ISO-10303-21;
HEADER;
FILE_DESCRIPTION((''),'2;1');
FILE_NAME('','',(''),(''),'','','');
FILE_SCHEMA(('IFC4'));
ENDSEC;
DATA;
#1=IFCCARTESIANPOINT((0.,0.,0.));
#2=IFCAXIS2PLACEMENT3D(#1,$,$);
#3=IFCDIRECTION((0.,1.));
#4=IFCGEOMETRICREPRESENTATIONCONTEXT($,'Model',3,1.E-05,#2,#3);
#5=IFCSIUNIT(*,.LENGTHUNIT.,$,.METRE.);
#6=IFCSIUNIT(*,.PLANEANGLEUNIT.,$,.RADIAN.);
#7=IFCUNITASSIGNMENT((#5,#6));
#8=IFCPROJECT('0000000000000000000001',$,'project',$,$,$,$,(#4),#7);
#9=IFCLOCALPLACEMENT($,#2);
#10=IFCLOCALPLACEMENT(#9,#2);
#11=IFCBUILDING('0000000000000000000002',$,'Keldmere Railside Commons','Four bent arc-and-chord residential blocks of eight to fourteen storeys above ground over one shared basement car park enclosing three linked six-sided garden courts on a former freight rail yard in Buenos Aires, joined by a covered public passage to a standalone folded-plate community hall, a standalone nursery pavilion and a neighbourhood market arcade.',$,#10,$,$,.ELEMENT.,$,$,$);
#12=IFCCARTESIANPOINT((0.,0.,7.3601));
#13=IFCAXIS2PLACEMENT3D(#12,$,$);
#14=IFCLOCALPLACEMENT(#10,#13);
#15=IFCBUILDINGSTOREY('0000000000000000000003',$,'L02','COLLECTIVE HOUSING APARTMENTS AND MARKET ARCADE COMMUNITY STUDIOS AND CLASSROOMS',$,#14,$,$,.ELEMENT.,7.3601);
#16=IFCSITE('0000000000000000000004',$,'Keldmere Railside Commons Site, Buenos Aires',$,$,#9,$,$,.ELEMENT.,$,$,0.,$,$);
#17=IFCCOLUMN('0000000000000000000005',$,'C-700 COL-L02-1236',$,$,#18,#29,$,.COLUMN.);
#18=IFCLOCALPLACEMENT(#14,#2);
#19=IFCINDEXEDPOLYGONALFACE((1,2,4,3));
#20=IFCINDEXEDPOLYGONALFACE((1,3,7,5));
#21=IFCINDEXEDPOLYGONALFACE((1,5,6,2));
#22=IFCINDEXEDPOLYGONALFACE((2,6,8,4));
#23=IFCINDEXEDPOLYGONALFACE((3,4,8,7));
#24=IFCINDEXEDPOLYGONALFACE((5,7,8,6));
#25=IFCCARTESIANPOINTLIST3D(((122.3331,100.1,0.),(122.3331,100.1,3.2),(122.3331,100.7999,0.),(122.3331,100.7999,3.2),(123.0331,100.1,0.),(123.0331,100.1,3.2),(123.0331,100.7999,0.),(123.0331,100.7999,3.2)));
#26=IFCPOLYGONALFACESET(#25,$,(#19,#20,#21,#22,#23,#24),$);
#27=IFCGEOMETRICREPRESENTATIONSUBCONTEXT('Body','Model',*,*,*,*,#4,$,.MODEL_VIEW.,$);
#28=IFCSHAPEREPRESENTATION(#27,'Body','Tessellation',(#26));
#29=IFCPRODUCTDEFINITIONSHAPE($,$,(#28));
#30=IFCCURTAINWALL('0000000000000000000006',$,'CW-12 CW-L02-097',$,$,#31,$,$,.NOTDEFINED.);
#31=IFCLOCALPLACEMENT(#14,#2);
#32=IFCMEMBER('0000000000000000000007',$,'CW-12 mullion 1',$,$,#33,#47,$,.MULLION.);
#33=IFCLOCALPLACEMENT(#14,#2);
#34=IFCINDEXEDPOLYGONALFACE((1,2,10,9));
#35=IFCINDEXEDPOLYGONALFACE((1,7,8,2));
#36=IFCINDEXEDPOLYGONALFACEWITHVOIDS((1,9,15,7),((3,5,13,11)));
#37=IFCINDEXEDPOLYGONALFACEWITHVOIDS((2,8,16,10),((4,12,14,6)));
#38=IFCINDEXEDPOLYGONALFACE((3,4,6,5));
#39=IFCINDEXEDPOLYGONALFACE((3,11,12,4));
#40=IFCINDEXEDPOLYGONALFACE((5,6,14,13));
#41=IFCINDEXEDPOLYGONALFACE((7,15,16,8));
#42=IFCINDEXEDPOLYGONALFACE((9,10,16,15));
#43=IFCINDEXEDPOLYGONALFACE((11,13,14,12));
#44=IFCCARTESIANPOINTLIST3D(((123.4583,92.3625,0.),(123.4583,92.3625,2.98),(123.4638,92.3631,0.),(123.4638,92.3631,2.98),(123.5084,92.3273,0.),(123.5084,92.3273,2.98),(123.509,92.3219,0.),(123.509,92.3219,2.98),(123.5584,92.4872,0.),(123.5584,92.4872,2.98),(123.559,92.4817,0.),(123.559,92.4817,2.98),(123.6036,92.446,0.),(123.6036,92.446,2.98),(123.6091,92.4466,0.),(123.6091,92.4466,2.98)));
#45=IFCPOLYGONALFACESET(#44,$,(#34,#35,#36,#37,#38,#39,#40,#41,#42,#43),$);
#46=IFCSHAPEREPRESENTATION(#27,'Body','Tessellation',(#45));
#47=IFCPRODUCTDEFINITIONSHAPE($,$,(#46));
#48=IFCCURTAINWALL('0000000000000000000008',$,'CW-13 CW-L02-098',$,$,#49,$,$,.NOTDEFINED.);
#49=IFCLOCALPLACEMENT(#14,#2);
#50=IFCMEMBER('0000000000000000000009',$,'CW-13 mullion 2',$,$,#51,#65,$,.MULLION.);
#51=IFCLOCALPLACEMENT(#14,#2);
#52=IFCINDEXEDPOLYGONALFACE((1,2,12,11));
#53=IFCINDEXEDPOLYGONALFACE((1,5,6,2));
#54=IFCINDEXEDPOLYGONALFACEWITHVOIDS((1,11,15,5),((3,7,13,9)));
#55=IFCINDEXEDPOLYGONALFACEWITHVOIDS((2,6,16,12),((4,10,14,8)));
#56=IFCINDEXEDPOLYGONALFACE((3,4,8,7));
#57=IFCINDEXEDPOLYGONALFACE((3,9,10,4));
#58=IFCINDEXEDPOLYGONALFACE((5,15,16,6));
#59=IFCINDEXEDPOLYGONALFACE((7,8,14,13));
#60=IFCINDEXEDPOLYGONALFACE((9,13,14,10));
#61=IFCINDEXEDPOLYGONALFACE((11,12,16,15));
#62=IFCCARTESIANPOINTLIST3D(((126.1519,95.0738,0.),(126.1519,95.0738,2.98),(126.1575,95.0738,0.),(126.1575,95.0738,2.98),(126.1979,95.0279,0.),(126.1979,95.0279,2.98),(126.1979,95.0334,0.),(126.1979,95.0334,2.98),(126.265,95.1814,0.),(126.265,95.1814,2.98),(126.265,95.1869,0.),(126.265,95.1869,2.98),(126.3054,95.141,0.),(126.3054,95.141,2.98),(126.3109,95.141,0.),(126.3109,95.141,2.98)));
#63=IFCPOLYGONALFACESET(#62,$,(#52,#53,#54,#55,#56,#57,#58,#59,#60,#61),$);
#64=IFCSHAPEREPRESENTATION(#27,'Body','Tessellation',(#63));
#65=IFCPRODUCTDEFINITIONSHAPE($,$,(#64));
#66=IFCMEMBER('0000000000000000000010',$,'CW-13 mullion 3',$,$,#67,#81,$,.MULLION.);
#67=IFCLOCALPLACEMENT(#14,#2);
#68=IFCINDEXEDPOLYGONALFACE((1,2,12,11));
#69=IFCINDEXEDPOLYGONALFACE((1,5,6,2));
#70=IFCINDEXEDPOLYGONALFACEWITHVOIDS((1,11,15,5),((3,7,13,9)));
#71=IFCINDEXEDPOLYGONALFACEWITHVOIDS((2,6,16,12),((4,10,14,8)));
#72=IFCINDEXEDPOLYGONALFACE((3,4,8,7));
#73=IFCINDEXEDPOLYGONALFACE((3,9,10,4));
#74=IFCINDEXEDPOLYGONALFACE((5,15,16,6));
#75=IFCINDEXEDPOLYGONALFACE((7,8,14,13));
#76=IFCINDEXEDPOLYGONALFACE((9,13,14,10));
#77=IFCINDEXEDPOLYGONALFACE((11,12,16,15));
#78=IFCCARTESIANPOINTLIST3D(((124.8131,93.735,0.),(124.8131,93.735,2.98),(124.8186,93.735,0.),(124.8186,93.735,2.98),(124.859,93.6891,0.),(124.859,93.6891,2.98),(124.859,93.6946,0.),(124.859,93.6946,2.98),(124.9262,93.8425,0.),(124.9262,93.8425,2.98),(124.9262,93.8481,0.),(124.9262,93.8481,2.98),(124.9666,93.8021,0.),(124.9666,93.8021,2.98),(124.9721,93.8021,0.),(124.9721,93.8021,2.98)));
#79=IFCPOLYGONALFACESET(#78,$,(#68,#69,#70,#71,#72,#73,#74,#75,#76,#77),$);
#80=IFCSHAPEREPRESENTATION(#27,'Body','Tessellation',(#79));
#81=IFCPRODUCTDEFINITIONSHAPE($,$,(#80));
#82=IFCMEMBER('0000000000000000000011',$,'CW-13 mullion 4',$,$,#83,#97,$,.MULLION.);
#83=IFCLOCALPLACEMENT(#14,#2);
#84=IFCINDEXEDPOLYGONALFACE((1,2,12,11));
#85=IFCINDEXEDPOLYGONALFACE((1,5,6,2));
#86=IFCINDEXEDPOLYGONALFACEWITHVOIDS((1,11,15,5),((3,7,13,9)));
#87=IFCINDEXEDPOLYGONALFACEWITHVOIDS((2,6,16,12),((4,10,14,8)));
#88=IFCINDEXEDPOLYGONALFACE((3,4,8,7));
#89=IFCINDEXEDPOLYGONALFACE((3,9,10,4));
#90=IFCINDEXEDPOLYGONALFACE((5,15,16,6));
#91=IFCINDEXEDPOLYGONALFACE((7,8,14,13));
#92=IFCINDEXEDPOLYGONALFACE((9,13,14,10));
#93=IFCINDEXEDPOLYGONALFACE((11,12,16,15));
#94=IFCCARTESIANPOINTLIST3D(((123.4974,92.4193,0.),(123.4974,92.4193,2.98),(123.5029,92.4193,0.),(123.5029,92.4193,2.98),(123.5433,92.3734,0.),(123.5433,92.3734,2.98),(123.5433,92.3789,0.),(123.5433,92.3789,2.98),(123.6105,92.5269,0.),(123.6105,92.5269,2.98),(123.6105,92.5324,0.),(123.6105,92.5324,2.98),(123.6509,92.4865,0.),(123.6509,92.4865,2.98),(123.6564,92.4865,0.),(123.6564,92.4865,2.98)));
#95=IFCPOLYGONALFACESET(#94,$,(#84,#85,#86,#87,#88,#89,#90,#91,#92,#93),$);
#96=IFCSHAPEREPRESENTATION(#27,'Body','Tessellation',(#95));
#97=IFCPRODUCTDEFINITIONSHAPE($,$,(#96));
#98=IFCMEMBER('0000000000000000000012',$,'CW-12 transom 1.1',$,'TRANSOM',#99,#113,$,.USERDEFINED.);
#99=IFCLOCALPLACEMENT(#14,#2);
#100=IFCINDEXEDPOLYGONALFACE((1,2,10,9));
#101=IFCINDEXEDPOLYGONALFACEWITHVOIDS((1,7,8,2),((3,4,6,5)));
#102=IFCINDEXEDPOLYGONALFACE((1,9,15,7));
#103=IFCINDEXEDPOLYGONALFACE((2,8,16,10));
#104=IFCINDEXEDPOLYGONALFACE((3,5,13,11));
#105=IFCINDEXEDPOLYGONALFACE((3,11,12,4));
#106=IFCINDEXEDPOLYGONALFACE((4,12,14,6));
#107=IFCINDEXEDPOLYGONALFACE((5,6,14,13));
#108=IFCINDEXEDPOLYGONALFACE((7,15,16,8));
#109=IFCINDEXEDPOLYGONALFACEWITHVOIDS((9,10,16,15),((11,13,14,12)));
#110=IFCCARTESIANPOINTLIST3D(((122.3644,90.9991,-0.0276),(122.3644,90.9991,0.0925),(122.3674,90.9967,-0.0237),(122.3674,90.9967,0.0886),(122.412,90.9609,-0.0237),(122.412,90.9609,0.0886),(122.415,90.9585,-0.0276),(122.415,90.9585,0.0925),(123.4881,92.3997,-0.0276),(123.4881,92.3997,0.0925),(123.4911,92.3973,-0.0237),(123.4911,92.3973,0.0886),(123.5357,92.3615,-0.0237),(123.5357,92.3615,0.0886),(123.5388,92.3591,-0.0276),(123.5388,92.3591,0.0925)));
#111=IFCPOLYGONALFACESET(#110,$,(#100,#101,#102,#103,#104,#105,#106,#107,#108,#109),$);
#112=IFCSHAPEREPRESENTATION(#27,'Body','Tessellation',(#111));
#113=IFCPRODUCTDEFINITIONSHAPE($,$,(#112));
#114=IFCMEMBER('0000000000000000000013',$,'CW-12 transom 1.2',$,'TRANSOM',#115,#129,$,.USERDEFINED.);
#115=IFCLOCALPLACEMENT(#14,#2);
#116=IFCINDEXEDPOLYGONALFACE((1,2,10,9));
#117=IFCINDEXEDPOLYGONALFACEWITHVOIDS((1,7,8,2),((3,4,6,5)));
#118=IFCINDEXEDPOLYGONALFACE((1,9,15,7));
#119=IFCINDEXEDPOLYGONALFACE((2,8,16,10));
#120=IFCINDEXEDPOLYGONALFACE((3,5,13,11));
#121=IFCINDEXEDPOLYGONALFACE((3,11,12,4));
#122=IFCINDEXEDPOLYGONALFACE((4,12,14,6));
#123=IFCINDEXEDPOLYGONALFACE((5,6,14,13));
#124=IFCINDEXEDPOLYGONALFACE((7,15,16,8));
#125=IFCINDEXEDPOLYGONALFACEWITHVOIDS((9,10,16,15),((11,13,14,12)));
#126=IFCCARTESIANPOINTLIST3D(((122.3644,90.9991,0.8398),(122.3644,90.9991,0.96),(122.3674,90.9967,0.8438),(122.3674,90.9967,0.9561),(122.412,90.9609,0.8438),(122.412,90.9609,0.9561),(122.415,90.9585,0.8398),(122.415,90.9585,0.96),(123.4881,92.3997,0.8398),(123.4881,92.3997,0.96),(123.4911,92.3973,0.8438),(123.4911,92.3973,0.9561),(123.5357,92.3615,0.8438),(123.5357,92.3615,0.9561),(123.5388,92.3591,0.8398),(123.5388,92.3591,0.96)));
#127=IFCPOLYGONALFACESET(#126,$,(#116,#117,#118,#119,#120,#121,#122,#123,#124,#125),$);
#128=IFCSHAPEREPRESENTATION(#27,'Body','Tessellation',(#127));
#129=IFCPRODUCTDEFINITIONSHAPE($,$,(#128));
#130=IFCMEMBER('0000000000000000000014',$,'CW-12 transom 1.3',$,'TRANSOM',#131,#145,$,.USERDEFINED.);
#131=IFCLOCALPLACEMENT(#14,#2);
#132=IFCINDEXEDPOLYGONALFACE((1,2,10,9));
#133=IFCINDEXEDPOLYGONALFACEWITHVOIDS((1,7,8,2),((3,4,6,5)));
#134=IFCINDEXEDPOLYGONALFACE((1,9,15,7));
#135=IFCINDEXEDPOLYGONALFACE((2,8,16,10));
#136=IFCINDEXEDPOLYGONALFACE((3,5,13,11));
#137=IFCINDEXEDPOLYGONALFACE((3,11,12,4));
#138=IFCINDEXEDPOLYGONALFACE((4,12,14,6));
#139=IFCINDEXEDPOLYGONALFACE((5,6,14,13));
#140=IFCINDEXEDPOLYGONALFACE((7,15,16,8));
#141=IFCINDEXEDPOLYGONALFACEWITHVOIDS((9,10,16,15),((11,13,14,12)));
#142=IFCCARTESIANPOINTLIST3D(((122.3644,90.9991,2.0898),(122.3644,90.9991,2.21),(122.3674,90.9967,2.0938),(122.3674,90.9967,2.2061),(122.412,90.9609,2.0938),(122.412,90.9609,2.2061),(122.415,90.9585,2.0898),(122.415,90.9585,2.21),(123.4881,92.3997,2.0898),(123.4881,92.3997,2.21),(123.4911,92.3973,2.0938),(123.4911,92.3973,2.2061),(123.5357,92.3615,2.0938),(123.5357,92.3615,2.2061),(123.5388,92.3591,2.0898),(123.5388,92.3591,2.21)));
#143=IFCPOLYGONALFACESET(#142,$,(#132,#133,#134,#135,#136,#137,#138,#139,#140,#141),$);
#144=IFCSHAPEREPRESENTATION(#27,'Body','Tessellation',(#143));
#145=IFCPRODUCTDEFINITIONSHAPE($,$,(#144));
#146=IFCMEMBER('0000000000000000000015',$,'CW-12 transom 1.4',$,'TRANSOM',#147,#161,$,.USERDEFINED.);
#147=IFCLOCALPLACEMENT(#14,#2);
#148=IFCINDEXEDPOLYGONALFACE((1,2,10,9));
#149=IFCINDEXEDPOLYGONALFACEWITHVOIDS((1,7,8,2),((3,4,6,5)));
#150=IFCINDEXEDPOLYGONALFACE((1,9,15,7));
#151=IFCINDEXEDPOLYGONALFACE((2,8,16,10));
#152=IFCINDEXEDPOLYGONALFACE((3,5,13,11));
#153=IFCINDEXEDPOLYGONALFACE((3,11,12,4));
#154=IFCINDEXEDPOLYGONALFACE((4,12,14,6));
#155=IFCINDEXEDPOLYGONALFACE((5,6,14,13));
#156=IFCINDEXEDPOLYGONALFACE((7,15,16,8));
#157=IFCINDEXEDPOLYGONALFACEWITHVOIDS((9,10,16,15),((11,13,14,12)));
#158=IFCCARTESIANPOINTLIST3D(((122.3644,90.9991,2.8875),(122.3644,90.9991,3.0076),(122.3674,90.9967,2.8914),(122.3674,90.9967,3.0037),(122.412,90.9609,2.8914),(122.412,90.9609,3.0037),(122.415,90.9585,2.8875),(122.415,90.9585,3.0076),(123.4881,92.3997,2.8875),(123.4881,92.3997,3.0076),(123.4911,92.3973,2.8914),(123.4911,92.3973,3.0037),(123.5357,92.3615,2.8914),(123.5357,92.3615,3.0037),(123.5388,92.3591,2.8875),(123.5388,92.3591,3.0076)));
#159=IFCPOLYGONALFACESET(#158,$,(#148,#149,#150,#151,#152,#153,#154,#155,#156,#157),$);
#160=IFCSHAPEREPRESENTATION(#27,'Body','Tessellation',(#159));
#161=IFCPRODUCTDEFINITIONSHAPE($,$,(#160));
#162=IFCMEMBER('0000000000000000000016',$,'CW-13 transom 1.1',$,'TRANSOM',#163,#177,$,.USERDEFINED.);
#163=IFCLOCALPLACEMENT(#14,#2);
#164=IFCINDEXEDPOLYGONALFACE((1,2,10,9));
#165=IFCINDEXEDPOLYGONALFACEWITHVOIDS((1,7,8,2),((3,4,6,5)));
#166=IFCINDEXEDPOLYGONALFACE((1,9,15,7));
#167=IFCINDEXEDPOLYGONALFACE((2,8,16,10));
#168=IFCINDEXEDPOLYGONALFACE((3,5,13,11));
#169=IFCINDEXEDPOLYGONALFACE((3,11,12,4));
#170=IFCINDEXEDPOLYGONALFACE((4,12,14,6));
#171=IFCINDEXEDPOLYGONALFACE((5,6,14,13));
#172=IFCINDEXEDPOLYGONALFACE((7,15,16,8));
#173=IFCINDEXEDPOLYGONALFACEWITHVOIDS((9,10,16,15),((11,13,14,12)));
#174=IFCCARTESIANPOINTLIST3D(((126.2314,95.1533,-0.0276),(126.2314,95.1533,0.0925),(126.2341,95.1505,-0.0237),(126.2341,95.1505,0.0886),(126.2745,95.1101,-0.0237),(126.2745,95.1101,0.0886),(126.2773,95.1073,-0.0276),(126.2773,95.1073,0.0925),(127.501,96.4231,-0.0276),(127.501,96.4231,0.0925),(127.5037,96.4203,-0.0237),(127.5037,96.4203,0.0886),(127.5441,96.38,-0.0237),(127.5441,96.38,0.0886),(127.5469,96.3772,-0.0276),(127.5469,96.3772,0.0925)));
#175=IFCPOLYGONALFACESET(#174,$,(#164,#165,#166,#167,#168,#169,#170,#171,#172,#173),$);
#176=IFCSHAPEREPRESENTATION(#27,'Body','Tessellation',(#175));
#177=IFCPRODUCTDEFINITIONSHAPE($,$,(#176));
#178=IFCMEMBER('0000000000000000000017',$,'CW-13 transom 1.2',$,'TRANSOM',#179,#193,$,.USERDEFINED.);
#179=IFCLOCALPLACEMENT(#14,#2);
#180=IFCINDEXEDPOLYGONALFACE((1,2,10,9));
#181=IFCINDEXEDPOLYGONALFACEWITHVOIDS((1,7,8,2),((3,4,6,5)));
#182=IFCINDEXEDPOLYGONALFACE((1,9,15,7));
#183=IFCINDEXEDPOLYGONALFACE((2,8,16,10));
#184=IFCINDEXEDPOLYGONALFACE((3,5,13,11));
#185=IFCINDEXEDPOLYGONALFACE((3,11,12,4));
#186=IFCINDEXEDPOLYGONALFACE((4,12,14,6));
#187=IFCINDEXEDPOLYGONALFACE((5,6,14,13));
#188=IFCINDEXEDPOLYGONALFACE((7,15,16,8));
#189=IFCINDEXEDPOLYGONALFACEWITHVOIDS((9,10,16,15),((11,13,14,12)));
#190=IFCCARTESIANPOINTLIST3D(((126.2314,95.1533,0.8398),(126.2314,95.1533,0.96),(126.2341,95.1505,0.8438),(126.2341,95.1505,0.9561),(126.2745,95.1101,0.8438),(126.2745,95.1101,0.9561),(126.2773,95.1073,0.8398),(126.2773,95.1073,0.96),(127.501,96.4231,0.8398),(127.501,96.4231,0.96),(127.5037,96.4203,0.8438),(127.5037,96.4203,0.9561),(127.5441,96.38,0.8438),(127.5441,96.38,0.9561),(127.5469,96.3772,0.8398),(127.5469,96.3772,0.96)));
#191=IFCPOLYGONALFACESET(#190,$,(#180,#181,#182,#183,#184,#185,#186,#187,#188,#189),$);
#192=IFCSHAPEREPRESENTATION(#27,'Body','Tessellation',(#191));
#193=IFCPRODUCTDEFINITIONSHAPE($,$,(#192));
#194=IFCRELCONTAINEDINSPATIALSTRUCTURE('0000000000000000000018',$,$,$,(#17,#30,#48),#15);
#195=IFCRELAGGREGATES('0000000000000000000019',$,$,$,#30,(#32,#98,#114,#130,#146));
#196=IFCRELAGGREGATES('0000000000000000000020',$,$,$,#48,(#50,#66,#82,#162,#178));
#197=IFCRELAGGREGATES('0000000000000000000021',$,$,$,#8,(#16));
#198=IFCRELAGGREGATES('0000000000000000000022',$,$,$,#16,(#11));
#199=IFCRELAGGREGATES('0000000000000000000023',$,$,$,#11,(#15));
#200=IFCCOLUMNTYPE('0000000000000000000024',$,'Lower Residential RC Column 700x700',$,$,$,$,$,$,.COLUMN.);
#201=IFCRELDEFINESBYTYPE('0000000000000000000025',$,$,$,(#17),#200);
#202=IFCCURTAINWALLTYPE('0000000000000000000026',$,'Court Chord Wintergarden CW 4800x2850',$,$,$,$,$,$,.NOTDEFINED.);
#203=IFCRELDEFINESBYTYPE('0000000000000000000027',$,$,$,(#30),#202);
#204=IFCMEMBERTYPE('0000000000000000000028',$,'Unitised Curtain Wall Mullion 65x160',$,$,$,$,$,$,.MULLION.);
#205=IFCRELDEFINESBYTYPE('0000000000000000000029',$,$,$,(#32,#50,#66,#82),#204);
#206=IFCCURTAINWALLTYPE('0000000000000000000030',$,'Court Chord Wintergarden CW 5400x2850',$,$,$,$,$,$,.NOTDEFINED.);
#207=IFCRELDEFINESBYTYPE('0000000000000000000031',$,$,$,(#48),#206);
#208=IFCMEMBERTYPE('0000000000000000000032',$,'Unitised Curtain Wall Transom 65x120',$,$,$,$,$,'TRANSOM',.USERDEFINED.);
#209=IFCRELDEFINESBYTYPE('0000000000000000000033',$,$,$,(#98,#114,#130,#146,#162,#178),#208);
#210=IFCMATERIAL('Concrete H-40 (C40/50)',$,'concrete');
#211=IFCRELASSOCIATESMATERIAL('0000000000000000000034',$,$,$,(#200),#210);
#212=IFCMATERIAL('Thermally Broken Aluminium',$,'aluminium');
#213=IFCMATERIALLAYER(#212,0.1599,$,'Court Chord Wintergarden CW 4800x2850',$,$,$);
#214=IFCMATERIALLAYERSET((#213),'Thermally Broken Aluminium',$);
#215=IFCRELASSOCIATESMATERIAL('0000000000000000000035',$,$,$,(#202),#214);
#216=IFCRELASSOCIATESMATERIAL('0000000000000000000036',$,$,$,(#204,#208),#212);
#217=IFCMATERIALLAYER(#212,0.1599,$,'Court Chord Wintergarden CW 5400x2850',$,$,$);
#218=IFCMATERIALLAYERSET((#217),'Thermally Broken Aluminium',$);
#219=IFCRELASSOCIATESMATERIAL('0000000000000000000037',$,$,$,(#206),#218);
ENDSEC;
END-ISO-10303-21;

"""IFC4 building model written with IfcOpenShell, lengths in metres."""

from ifc_helpers import new_model, si_unit, direction, frame, origin, origin_2d, place, context, subcontext, project, spatial, rectangle, hollow_rectangle, extrude, material, layer, layer_set, material_profile, profile_set, type_object, element, aggregate, save


model = new_model("IFC4")

# Units and contexts
model_context = context("Model", 3, precision=1e-05, world=origin(), true_north=direction((0.0, 1.0)))
body_context = subcontext(model_context, "Body", "Model", "MODEL_VIEW")
ifc_project = project(units=[si_unit("LENGTHUNIT", "METRE"), si_unit("PLANEANGLEUNIT", "RADIAN")], contexts=[model_context])

# Site, building, storey
site_placement = place(None, origin())
site = spatial("IfcSite", under=ifc_project, at=site_placement, Name="Keldmere Railside Commons Site, Buenos Aires", CompositionType="ELEMENT", RefElevation=0.0)
building_placement = place(site_placement, origin())
building = spatial("IfcBuilding", under=site, at=building_placement, Name="Keldmere Railside Commons", Description="Four bent arc-and-chord residential blocks of eight to fourteen storeys above ground over one shared basement car park enclosing three linked six-sided garden courts on a former freight rail yard in Buenos Aires, joined by a covered public passage to a standalone folded-plate community hall, a standalone nursery pavilion and a neighbourhood market arcade.", CompositionType="ELEMENT")
storey_placement = place(building_placement, frame((0.0, 0.0, 7.3601)))
storey = spatial("IfcBuildingStorey", under=building, at=storey_placement, Name="L02", Description="COLLECTIVE HOUSING APARTMENTS AND MARKET ARCADE COMMUNITY STUDIOS AND CLASSROOMS", CompositionType="ELEMENT", Elevation=7.3601)

# Column
ifc_material_1 = material(Name="Concrete H-40 (C40/50)", Category="concrete")
ifc_material_profile_1 = material_profile(ifc_material_1, rectangle(XDim=0.7, YDim=0.7, at=origin_2d()), Name="RC-700x700")
ifc_profile_set_1 = profile_set([ifc_material_profile_1], Name="Concrete H-40 (C40/50)")
column_type = type_object("IfcColumnType", Name="Lower Residential RC Column 700x700", PredefinedType="COLUMN", material=ifc_profile_set_1)
column_placement = place(storey_placement, frame((122.6831, 100.45, 0.0), z_axis=(0.0, 0.0, 1.0), x_axis=(1.0, 0.0, 0.0)))
element("IfcColumn", 1, at=column_placement, inside=storey, type_object=column_type, Name="C-700 COL-L02-1236", PredefinedType="COLUMN", context=body_context, shape_type="SweptSolid", body=[
    extrude(rectangle(XDim=0.7, YDim=0.7, at=origin_2d()), origin(), (0.0, 0.0, 1.0), 3.2),
])

# Curtain wall, member
ifc_material_2 = material(Name="Thermally Broken Aluminium", Category="aluminium")
ifc_layer_1 = layer(ifc_material_2, 0.1599, Name="Court Chord Wintergarden CW 4800x2850")
ifc_layer_set_1 = layer_set([ifc_layer_1], Name="Thermally Broken Aluminium")
curtain_wall_type_1 = type_object("IfcCurtainWallType", Name="Court Chord Wintergarden CW 4800x2850", PredefinedType="NOTDEFINED", material=ifc_layer_set_1)
curtain_wall_1_placement = place(storey_placement, origin())
curtain_wall_1 = element("IfcCurtainWall", 2, at=curtain_wall_1_placement, inside=storey, type_object=curtain_wall_type_1, Name="CW-12 CW-L02-097", PredefinedType="NOTDEFINED")
ifc_material_profile_2 = material_profile(ifc_material_2, hollow_rectangle(XDim=0.0649, YDim=0.1599, WallThickness=0.0039, at=origin_2d()), Name="ALU-MULL-65x160")
ifc_profile_set_2 = profile_set([ifc_material_profile_2], Name="Thermally Broken Aluminium")
member_type_1 = type_object("IfcMemberType", Name="Unitised Curtain Wall Mullion 65x160", PredefinedType="MULLION", material=ifc_profile_set_2)
member_1_placement = place(storey_placement, frame((123.5337, 92.4045, 0.0), z_axis=(0.0, 0.0, 1.0), x_axis=(0.780009, -0.625768, 0.0)))
member_1 = element("IfcMember", 3, at=member_1_placement, type_object=member_type_1, Name="CW-12 mullion 1", PredefinedType="MULLION", context=body_context, shape_type="SweptSolid", body=[
    extrude(hollow_rectangle(XDim=0.0649, YDim=0.1599, WallThickness=0.0039, at=origin_2d()), origin(), (0.0, 0.0, 1.0), 2.98),
])

# Curtain wall, members
ifc_layer_2 = layer(ifc_material_2, 0.1599, Name="Court Chord Wintergarden CW 5400x2850")
ifc_layer_set_2 = layer_set([ifc_layer_2], Name="Thermally Broken Aluminium")
curtain_wall_type_2 = type_object("IfcCurtainWallType", Name="Court Chord Wintergarden CW 5400x2850", PredefinedType="NOTDEFINED", material=ifc_layer_set_2)
curtain_wall_2_placement = place(storey_placement, origin())
curtain_wall_2 = element("IfcCurtainWall", 4, at=curtain_wall_2_placement, inside=storey, type_object=curtain_wall_type_2, Name="CW-13 CW-L02-098", PredefinedType="NOTDEFINED")
member_2_placement = place(storey_placement, frame((126.2314, 95.1074, 0.0), z_axis=(0.0, 0.0, 1.0), x_axis=(0.707107, -0.707107, 0.0)))
member_2 = element("IfcMember", 5, at=member_2_placement, type_object=member_type_1, Name="CW-13 mullion 2", PredefinedType="MULLION", context=body_context, shape_type="SweptSolid", body=[
    extrude(hollow_rectangle(XDim=0.0649, YDim=0.1599, WallThickness=0.0039, at=origin_2d()), origin(), (0.0, 0.0, 1.0), 2.98),
])
member_3_placement = place(storey_placement, frame((124.8926, 93.7686, 0.0), z_axis=(0.0, 0.0, 1.0), x_axis=(0.707107, -0.707107, 0.0)))
member_3 = element("IfcMember", 6, at=member_3_placement, type_object=member_type_1, Name="CW-13 mullion 3", PredefinedType="MULLION", context=body_context, shape_type="SweptSolid", body=[
    extrude(hollow_rectangle(XDim=0.0649, YDim=0.1599, WallThickness=0.0039, at=origin_2d()), origin(), (0.0, 0.0, 1.0), 2.98),
])
member_4_placement = place(storey_placement, frame((123.5769, 92.4529, 0.0), z_axis=(0.0, 0.0, 1.0), x_axis=(0.707107, -0.707107, 0.0)))
member_4 = element("IfcMember", 7, at=member_4_placement, type_object=member_type_1, Name="CW-13 mullion 4", PredefinedType="MULLION", context=body_context, shape_type="SweptSolid", body=[
    extrude(hollow_rectangle(XDim=0.0649, YDim=0.1599, WallThickness=0.0039, at=origin_2d()), origin(), (0.0, 0.0, 1.0), 2.98),
])

# Members
ifc_material_profile_3 = material_profile(ifc_material_2, hollow_rectangle(XDim=0.0649, YDim=0.1201, WallThickness=0.0039, at=origin_2d()), Name="ALU-TRAN-65x120")
ifc_profile_set_3 = profile_set([ifc_material_profile_3], Name="Thermally Broken Aluminium")
member_type_2 = type_object("IfcMemberType", Name="Unitised Curtain Wall Transom 65x120", ElementType="TRANSOM", PredefinedType="USERDEFINED", material=ifc_profile_set_3)
member_5_placement = place(storey_placement, frame((123.5134, 92.3794, 0.0325), z_axis=(-0.625805, -0.779979, 0.0), x_axis=(0.779979, -0.625805, 0.0)))
member_5 = element("IfcMember", 8, at=member_5_placement, type_object=member_type_2, Name="CW-12 transom 1.1", ObjectType="TRANSOM", PredefinedType="USERDEFINED", context=body_context, shape_type="SweptSolid", body=[
    extrude(hollow_rectangle(XDim=0.0649, YDim=0.1201, WallThickness=0.0039, at=origin_2d()), origin(), (0.0, 0.0, 1.0), 1.7957),
])
member_6_placement = place(storey_placement, frame((123.5134, 92.3794, 0.8999), z_axis=(-0.625805, -0.779979, 0.0), x_axis=(0.779979, -0.625805, 0.0)))
member_6 = element("IfcMember", 9, at=member_6_placement, type_object=member_type_2, Name="CW-12 transom 1.2", ObjectType="TRANSOM", PredefinedType="USERDEFINED", context=body_context, shape_type="SweptSolid", body=[
    extrude(hollow_rectangle(XDim=0.0649, YDim=0.1201, WallThickness=0.0039, at=origin_2d()), origin(), (0.0, 0.0, 1.0), 1.7957),
])
member_7_placement = place(storey_placement, frame((123.5134, 92.3794, 2.1499), z_axis=(-0.625805, -0.779979, 0.0), x_axis=(0.779979, -0.625805, 0.0)))
member_7 = element("IfcMember", 10, at=member_7_placement, type_object=member_type_2, Name="CW-12 transom 1.3", ObjectType="TRANSOM", PredefinedType="USERDEFINED", context=body_context, shape_type="SweptSolid", body=[
    extrude(hollow_rectangle(XDim=0.0649, YDim=0.1201, WallThickness=0.0039, at=origin_2d()), origin(), (0.0, 0.0, 1.0), 1.7957),
])
member_8_placement = place(storey_placement, frame((123.5134, 92.3794, 2.9475), z_axis=(-0.625805, -0.779979, 0.0), x_axis=(0.779979, -0.625805, 0.0)))
member_8 = element("IfcMember", 11, at=member_8_placement, type_object=member_type_2, Name="CW-12 transom 1.4", ObjectType="TRANSOM", PredefinedType="USERDEFINED", context=body_context, shape_type="SweptSolid", body=[
    extrude(hollow_rectangle(XDim=0.0649, YDim=0.1201, WallThickness=0.0039, at=origin_2d()), origin(), (0.0, 0.0, 1.0), 1.7957),
])
member_9_placement = place(storey_placement, frame((127.5239, 96.4001, 0.0325), z_axis=(-0.707039, -0.707175, 0.0), x_axis=(0.707175, -0.707039, 0.0)))
member_9 = element("IfcMember", 12, at=member_9_placement, type_object=member_type_2, Name="CW-13 transom 1.1", ObjectType="TRANSOM", PredefinedType="USERDEFINED", context=body_context, shape_type="SweptSolid", body=[
    extrude(hollow_rectangle(XDim=0.0649, YDim=0.1201, WallThickness=0.0039, at=origin_2d()), origin(), (0.0, 0.0, 1.0), 1.7957),
])
member_10_placement = place(storey_placement, frame((127.5239, 96.4001, 0.8999), z_axis=(-0.707039, -0.707175, 0.0), x_axis=(0.707175, -0.707039, 0.0)))
member_10 = element("IfcMember", 13, at=member_10_placement, type_object=member_type_2, Name="CW-13 transom 1.2", ObjectType="TRANSOM", PredefinedType="USERDEFINED", context=body_context, shape_type="SweptSolid", body=[
    extrude(hollow_rectangle(XDim=0.0649, YDim=0.1201, WallThickness=0.0039, at=origin_2d()), origin(), (0.0, 0.0, 1.0), 1.7957),
])

aggregate(curtain_wall_1, [member_1, member_5, member_6, member_7, member_8])
aggregate(curtain_wall_2, [member_2, member_3, member_4, member_9, member_10])

save(model, "model.ifc")
